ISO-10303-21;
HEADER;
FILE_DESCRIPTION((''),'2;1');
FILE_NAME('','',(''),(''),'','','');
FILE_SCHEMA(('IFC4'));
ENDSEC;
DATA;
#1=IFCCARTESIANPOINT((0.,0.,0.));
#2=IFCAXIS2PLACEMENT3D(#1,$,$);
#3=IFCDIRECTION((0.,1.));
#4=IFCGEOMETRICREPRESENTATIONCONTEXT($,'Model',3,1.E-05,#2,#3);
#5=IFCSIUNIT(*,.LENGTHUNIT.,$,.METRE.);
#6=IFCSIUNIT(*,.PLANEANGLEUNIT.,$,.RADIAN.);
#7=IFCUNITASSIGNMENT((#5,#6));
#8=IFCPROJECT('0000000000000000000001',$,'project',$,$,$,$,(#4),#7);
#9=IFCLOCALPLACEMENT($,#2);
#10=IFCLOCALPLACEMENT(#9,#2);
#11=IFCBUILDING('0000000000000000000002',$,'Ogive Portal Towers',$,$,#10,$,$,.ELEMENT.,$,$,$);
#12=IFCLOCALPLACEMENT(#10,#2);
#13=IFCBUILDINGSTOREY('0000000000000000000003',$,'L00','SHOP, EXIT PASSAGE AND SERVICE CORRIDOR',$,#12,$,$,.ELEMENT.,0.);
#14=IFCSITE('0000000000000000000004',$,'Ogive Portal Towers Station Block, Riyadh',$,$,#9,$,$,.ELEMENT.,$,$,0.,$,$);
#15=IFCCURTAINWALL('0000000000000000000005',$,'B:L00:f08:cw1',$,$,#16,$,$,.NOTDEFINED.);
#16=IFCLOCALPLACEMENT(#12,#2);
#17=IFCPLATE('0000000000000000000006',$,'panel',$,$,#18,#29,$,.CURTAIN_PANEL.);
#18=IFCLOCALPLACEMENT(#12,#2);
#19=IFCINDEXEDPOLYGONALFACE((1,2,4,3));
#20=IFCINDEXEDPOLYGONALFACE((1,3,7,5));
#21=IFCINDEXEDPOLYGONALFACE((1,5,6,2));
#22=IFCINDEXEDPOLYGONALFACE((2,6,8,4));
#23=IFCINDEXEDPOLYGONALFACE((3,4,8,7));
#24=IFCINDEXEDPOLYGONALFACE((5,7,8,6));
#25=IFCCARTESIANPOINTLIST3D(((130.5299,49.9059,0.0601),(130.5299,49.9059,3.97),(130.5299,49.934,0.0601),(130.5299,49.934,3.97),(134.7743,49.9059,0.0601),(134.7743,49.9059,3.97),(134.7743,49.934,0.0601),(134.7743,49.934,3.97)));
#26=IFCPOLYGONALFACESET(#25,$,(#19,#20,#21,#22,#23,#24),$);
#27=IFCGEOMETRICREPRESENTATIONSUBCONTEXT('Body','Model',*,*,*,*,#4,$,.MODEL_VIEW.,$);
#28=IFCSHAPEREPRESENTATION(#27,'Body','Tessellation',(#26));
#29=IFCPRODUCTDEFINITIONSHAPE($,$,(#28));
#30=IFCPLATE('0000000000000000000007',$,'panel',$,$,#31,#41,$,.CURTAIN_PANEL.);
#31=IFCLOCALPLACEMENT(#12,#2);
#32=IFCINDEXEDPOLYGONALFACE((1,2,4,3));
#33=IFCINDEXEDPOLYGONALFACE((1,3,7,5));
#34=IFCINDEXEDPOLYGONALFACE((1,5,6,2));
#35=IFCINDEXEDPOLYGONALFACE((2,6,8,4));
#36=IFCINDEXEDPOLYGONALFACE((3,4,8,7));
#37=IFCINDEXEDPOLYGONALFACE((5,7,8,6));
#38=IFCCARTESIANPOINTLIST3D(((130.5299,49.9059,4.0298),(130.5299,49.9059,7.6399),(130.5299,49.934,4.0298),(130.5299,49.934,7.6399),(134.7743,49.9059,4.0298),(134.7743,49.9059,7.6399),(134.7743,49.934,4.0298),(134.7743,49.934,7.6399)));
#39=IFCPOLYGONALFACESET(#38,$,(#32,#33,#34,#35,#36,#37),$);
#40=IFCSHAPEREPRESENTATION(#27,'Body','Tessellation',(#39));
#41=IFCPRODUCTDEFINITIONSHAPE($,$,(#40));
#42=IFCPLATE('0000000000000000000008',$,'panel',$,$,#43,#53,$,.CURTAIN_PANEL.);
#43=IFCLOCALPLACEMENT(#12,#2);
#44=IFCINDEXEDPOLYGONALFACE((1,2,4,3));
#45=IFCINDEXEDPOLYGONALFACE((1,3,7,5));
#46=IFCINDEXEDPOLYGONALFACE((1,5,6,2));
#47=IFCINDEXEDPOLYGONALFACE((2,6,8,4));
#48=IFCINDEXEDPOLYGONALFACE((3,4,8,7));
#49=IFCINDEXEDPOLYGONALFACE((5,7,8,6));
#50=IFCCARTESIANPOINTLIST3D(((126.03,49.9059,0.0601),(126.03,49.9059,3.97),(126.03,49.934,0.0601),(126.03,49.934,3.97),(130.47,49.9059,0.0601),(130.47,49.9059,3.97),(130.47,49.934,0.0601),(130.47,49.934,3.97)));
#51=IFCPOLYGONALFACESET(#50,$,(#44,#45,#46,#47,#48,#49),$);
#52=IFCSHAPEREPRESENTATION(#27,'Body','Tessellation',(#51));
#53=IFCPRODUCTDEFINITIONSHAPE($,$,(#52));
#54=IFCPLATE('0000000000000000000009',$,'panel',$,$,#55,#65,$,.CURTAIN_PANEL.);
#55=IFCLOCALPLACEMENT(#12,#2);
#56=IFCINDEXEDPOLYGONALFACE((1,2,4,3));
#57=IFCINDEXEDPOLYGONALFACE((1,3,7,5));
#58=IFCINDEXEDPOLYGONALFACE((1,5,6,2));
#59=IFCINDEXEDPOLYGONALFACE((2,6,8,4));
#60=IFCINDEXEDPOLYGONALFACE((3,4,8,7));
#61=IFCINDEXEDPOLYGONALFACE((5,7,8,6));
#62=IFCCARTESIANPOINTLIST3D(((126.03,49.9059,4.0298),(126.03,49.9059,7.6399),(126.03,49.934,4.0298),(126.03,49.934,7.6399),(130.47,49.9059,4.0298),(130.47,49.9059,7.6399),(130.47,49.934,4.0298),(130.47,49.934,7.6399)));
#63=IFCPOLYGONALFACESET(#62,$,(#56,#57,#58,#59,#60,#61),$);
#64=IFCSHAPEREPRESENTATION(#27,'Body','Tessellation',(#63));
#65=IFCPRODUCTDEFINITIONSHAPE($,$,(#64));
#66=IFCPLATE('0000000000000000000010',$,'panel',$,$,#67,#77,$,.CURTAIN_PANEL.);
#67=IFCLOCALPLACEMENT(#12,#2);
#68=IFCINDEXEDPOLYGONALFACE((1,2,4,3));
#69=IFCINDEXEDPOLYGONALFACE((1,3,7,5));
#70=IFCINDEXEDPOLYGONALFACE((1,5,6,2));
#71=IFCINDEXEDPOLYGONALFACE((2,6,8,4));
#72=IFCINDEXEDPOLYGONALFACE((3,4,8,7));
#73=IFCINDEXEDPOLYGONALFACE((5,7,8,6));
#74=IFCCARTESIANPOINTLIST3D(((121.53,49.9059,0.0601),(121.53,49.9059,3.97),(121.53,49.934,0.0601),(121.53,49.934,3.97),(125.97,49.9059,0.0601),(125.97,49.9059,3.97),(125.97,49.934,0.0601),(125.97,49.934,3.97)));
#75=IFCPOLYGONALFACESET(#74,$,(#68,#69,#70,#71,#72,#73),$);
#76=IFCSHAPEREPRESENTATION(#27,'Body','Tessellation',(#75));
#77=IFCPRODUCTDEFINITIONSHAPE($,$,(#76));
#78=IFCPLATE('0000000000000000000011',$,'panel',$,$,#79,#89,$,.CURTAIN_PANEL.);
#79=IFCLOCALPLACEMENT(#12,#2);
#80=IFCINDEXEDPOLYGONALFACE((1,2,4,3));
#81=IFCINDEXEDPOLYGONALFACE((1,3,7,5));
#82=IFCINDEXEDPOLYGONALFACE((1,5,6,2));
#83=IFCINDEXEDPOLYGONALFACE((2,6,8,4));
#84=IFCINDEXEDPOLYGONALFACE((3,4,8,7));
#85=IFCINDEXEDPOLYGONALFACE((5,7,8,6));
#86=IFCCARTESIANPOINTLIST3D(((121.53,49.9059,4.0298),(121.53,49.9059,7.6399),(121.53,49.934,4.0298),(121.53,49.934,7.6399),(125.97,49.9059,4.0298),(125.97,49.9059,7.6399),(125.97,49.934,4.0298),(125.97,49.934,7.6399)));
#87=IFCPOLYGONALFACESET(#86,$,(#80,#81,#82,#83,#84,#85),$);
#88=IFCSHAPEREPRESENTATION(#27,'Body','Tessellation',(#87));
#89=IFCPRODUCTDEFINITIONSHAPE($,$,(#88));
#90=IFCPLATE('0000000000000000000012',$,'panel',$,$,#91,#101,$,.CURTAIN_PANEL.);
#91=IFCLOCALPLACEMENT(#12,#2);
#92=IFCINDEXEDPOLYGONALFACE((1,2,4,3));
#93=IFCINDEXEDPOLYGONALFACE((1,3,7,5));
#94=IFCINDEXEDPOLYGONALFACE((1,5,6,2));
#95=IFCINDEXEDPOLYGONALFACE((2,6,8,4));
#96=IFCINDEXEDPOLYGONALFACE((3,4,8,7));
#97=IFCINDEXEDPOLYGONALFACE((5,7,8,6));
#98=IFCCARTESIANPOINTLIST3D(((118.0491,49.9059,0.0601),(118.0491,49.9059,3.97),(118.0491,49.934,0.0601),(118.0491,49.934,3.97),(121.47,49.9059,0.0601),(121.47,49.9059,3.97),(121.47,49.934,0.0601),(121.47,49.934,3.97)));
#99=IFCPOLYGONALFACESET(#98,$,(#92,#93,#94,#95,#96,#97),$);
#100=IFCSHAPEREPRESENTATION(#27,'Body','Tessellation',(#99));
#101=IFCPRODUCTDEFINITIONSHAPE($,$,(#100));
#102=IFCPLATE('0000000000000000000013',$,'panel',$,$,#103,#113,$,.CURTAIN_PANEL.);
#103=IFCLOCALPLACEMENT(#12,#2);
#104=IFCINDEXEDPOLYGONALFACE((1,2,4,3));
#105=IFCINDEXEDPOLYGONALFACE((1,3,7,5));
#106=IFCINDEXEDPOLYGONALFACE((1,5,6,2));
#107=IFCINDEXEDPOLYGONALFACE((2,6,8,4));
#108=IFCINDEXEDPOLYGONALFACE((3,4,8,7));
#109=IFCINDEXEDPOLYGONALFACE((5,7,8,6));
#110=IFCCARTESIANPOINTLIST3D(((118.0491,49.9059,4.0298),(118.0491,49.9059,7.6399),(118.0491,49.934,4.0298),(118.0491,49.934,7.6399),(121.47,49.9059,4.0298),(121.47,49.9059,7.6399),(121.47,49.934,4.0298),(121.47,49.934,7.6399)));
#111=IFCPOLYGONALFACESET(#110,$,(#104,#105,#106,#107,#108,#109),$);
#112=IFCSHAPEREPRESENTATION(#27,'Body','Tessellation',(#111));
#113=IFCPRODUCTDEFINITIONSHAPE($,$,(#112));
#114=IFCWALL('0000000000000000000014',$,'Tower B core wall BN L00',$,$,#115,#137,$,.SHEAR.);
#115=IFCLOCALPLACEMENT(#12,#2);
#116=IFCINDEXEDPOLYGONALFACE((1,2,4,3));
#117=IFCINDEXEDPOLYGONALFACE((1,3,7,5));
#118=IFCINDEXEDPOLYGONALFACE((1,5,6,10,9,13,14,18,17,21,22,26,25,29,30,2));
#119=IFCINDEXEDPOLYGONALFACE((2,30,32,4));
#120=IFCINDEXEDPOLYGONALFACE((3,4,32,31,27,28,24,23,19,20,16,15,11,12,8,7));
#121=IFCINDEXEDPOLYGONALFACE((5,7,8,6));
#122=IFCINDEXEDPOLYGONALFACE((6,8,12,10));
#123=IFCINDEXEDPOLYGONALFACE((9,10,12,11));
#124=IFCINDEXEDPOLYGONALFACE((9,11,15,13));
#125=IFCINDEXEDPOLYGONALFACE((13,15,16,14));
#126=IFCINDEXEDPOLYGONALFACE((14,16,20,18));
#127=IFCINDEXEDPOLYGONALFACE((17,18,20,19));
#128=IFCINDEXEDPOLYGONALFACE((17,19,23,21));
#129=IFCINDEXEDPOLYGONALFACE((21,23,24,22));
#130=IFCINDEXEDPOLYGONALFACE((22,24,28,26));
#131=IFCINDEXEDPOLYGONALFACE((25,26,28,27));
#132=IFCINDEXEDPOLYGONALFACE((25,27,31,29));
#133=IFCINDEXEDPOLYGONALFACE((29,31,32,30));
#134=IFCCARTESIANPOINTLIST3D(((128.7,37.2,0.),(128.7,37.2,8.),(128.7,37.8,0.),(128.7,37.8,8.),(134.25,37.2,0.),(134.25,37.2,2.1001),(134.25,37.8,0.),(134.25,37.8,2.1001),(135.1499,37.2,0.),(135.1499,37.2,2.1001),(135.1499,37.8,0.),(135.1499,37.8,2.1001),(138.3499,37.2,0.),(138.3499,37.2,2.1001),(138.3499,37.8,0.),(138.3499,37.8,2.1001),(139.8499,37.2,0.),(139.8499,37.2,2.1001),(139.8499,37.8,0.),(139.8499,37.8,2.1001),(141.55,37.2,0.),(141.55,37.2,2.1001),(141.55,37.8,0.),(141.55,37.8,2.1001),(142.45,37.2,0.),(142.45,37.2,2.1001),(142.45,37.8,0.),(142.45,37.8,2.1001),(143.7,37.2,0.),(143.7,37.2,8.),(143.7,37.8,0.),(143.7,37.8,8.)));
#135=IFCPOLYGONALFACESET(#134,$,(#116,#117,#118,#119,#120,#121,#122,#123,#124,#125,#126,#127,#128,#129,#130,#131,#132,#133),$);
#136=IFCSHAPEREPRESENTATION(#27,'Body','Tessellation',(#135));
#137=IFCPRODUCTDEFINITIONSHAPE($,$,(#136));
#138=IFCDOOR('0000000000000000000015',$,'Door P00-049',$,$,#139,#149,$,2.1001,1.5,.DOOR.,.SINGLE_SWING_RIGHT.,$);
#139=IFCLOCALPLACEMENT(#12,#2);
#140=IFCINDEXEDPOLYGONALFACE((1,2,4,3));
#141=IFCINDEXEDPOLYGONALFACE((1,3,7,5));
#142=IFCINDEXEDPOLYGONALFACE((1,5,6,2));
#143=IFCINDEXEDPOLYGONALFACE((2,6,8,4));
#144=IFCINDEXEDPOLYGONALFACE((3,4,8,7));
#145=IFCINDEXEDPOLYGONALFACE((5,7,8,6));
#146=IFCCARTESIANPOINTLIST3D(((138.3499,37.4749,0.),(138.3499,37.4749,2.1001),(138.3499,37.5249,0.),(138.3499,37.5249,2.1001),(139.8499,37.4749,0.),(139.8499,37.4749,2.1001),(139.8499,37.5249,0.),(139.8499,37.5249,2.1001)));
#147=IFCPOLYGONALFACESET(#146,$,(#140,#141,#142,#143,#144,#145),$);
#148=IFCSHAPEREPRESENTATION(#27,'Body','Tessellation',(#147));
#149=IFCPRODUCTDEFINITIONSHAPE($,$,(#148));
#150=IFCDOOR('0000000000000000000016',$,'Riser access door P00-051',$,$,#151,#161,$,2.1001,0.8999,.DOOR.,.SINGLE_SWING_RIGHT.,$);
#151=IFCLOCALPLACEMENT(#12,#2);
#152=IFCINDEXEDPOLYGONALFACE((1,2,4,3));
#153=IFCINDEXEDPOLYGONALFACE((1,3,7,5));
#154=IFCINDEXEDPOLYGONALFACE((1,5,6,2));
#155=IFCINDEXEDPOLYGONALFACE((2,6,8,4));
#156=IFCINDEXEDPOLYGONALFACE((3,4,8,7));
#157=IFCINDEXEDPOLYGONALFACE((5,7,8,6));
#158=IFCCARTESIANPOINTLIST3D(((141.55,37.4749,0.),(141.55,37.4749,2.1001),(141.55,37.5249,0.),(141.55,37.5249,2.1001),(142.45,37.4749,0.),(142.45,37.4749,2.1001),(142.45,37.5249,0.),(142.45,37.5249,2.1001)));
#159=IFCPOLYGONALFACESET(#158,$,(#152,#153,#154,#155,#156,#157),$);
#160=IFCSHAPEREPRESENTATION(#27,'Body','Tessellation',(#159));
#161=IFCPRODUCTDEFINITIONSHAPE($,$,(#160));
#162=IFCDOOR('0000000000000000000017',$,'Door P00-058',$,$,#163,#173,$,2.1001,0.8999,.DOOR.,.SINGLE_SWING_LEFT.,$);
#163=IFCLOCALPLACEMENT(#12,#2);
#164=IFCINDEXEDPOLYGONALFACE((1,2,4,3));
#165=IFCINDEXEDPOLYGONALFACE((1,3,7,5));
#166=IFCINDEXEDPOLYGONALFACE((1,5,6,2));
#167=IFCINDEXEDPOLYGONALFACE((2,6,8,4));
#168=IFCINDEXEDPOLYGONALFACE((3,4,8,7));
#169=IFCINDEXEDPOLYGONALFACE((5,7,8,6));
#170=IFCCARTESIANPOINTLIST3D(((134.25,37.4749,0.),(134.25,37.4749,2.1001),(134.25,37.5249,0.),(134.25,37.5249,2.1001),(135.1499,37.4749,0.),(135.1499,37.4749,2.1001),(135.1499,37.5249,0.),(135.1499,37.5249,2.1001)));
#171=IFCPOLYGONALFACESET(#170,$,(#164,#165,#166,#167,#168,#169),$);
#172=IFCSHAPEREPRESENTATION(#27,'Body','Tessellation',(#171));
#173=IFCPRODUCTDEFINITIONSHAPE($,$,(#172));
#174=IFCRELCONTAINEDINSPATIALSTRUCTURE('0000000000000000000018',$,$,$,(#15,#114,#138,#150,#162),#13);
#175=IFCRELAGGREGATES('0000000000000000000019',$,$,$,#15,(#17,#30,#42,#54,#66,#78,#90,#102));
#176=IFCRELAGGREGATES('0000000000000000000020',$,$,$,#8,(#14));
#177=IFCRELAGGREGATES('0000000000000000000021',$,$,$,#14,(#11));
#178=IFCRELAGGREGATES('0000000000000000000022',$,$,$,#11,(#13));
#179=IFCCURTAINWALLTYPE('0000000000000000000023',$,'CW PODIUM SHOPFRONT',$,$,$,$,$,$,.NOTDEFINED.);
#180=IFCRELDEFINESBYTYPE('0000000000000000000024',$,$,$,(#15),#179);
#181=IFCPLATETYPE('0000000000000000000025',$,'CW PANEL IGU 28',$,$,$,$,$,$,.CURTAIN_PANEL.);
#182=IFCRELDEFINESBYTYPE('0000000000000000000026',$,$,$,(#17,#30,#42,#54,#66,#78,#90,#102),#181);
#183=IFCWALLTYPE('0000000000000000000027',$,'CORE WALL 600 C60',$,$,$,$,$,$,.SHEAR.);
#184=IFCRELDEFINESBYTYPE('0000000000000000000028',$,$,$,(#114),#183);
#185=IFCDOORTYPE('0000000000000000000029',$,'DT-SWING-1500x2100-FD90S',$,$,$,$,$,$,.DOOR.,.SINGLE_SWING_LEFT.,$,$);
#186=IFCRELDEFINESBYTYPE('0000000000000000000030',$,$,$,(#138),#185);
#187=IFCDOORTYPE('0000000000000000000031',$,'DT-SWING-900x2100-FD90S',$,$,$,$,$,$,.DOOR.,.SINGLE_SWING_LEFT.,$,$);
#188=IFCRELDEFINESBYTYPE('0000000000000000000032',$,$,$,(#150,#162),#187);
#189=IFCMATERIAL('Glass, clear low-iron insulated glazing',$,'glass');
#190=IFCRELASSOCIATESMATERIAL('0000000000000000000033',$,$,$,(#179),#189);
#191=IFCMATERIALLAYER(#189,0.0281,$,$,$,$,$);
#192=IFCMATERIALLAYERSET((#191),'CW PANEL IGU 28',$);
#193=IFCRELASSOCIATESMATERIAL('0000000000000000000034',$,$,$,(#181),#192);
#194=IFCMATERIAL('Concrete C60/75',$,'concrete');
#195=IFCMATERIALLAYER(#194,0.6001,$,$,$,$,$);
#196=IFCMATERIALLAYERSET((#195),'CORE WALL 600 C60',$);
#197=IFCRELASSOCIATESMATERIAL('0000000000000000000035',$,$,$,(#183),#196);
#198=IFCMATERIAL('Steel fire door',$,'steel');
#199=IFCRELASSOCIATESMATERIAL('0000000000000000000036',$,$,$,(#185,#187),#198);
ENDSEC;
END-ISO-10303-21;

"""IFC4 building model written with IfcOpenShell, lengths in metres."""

from ifc_helpers import new_model, si_unit, direction, frame, frame_2d, origin, origin_2d, place, context, subcontext, project, spatial, rectangle, extrude, material, layer, layer_set, type_object, element, fill, aggregate, save


model = new_model("IFC4")

# Units and contexts
model_context = context("Model", 3, precision=1e-05, world=origin(), true_north=direction((0.0, 1.0)))
body_context = subcontext(model_context, "Body", "Model", "MODEL_VIEW")
ifc_project = project(units=[si_unit("LENGTHUNIT", "METRE"), si_unit("PLANEANGLEUNIT", "RADIAN")], contexts=[model_context])

# Site, building, storey
site_placement = place(None, origin())
site = spatial("IfcSite", under=ifc_project, at=site_placement, Name="Ogive Portal Towers Station Block, Riyadh", CompositionType="ELEMENT", RefElevation=0.0)
building_placement = place(site_placement, origin())
building = spatial("IfcBuilding", under=site, at=building_placement, Name="Ogive Portal Towers", CompositionType="ELEMENT")
storey_placement = place(building_placement, origin())
storey = spatial("IfcBuildingStorey", under=building, at=storey_placement, Name="L00", Description="SHOP, EXIT PASSAGE AND SERVICE CORRIDOR", CompositionType="ELEMENT", Elevation=0.0)

# Curtain wall
ifc_material_1 = material(Name="Glass, clear low-iron insulated glazing", Category="glass")
curtain_wall_type = type_object("IfcCurtainWallType", Name="CW PODIUM SHOPFRONT", PredefinedType="NOTDEFINED", material=ifc_material_1)
curtain_wall_1_placement = place(storey_placement, origin())
curtain_wall_1 = element("IfcCurtainWall", 1, at=curtain_wall_1_placement, inside=storey, type_object=curtain_wall_type, Name="B:L00:f08:cw1", PredefinedType="NOTDEFINED")

# Plates
ifc_layer_1 = layer(ifc_material_1, 0.0281)
ifc_layer_set_1 = layer_set([ifc_layer_1], Name="CW PANEL IGU 28")
plate_type = type_object("IfcPlateType", Name="CW PANEL IGU 28", PredefinedType="CURTAIN_PANEL", material=ifc_layer_set_1)
plate_1_placement = place(storey_placement, frame((132.6521, 49.9199, 0.0601), z_axis=(0.0, 0.0, 1.0), x_axis=(-1.0, 0.0, 0.0)))
plate_1 = element("IfcPlate", 2, at=plate_1_placement, type_object=plate_type, Name="panel", PredefinedType="CURTAIN_PANEL", context=body_context, shape_type="SweptSolid", body=[
    extrude(rectangle(XDim=4.2444, YDim=0.0281, at=origin_2d()), origin(), (0.0, 0.0, 1.0), 3.9099),
])
plate_2_placement = place(storey_placement, frame((132.6521, 49.9199, 4.0298), z_axis=(0.0, 0.0, 1.0), x_axis=(-1.0, 0.0, 0.0)))
plate_2 = element("IfcPlate", 3, at=plate_2_placement, type_object=plate_type, Name="panel", PredefinedType="CURTAIN_PANEL", context=body_context, shape_type="SweptSolid", body=[
    extrude(rectangle(XDim=4.2444, YDim=0.0281, at=origin_2d()), origin(), (0.0, 0.0, 1.0), 3.6101),
])
plate_3_placement = place(storey_placement, frame((128.25, 49.9199, 0.0601), z_axis=(0.0, 0.0, 1.0), x_axis=(-1.0, 0.0, 0.0)))
plate_3 = element("IfcPlate", 4, at=plate_3_placement, type_object=plate_type, Name="panel", PredefinedType="CURTAIN_PANEL", context=body_context, shape_type="SweptSolid", body=[
    extrude(rectangle(XDim=4.4399, YDim=0.0281, at=origin_2d()), origin(), (0.0, 0.0, 1.0), 3.9099),
])
plate_4_placement = place(storey_placement, frame((128.25, 49.9199, 4.0298), z_axis=(0.0, 0.0, 1.0), x_axis=(-1.0, 0.0, 0.0)))
plate_4 = element("IfcPlate", 5, at=plate_4_placement, type_object=plate_type, Name="panel", PredefinedType="CURTAIN_PANEL", context=body_context, shape_type="SweptSolid", body=[
    extrude(rectangle(XDim=4.4399, YDim=0.0281, at=origin_2d()), origin(), (0.0, 0.0, 1.0), 3.6101),
])
plate_5_placement = place(storey_placement, frame((123.75, 49.9199, 0.0601), z_axis=(0.0, 0.0, 1.0), x_axis=(-1.0, 0.0, 0.0)))
plate_5 = element("IfcPlate", 6, at=plate_5_placement, type_object=plate_type, Name="panel", PredefinedType="CURTAIN_PANEL", context=body_context, shape_type="SweptSolid", body=[
    extrude(rectangle(XDim=4.4399, YDim=0.0281, at=origin_2d()), origin(), (0.0, 0.0, 1.0), 3.9099),
])
plate_6_placement = place(storey_placement, frame((123.75, 49.9199, 4.0298), z_axis=(0.0, 0.0, 1.0), x_axis=(-1.0, 0.0, 0.0)))
plate_6 = element("IfcPlate", 7, at=plate_6_placement, type_object=plate_type, Name="panel", PredefinedType="CURTAIN_PANEL", context=body_context, shape_type="SweptSolid", body=[
    extrude(rectangle(XDim=4.4399, YDim=0.0281, at=origin_2d()), origin(), (0.0, 0.0, 1.0), 3.6101),
])
plate_7_placement = place(storey_placement, frame((119.7595, 49.9199, 0.0601), z_axis=(0.0, 0.0, 1.0), x_axis=(-1.0, 0.0, 0.0)))
plate_7 = element("IfcPlate", 8, at=plate_7_placement, type_object=plate_type, Name="panel", PredefinedType="CURTAIN_PANEL", context=body_context, shape_type="SweptSolid", body=[
    extrude(rectangle(XDim=3.4209, YDim=0.0281, at=origin_2d()), origin(), (0.0, 0.0, 1.0), 3.9099),
])
plate_8_placement = place(storey_placement, frame((119.7595, 49.9199, 4.0298), z_axis=(0.0, 0.0, 1.0), x_axis=(-1.0, 0.0, 0.0)))
plate_8 = element("IfcPlate", 9, at=plate_8_placement, type_object=plate_type, Name="panel", PredefinedType="CURTAIN_PANEL", context=body_context, shape_type="SweptSolid", body=[
    extrude(rectangle(XDim=3.4209, YDim=0.0281, at=origin_2d()), origin(), (0.0, 0.0, 1.0), 3.6101),
])
aggregate(curtain_wall_1, [plate_1, plate_2, plate_3, plate_4, plate_5, plate_6, plate_7, plate_8])

# Wall, openings, doors
ifc_material_2 = material(Name="Concrete C60/75", Category="concrete")
ifc_layer_2 = layer(ifc_material_2, 0.6001)
ifc_layer_set_2 = layer_set([ifc_layer_2], Name="CORE WALL 600 C60")
wall_type_1 = type_object("IfcWallType", Name="CORE WALL 600 C60", PredefinedType="SHEAR", material=ifc_layer_set_2)
wall_1_placement = place(storey_placement, frame((128.7, 37.5, 0.0), z_axis=(0.0, 0.0, 1.0), x_axis=(1.0, 0.0, 0.0)))
wall_1 = element("IfcWall", 10, at=wall_1_placement, inside=storey, type_object=wall_type_1, Name="Tower B core wall BN L00", PredefinedType="SHEAR", context=body_context, shape_type="SweptSolid", body=[
    extrude(rectangle(XDim=15.0, YDim=0.6001, at=frame_2d((7.5, 0.0))), origin(), (0.0, 0.0, 1.0), 8.0),
])
opening_1_placement = place(wall_1_placement, frame((9.6499, 0.0, 0.0)))
opening_1 = element("IfcOpeningElement", 11, at=opening_1_placement, cuts=wall_1, PredefinedType="OPENING", context=body_context, shape_type="SweptSolid", body=[
    extrude(rectangle(XDim=1.5, YDim=2.1001, at=frame_2d((0.75, 1.05))), frame((0.0, 0.3101, 0.0), z_axis=(0.0, -1.0, 0.0), x_axis=(1.0, 0.0, 0.0)), (0.0, 0.0, 1.0), 0.6201),
])
opening_2_placement = place(wall_1_placement, frame((12.8501, 0.0, 0.0)))
opening_2 = element("IfcOpeningElement", 12, at=opening_2_placement, cuts=wall_1, PredefinedType="OPENING", context=body_context, shape_type="SweptSolid", body=[
    extrude(rectangle(XDim=0.8999, YDim=2.1001, at=frame_2d((0.45, 1.05))), frame((0.0, 0.3101, 0.0), z_axis=(0.0, -1.0, 0.0), x_axis=(1.0, 0.0, 0.0)), (0.0, 0.0, 1.0), 0.6201),
])
opening_3_placement = place(wall_1_placement, frame((5.55, 0.0, 0.0)))
opening_3 = element("IfcOpeningElement", 13, at=opening_3_placement, cuts=wall_1, PredefinedType="OPENING", context=body_context, shape_type="SweptSolid", body=[
    extrude(rectangle(XDim=0.8999, YDim=2.1001, at=frame_2d((0.45, 1.05))), frame((0.0, 0.3101, 0.0), z_axis=(0.0, -1.0, 0.0), x_axis=(1.0, 0.0, 0.0)), (0.0, 0.0, 1.0), 0.6201),
])
ifc_material_3 = material(Name="Steel fire door", Category="steel")
door_type_1 = type_object("IfcDoorType", Name="DT-SWING-1500x2100-FD90S", OperationType="SINGLE_SWING_LEFT", PredefinedType="DOOR", material=ifc_material_3)
door_1_placement = place(opening_1_placement, origin())
door_1 = element("IfcDoor", 14, at=door_1_placement, inside=storey, type_object=door_type_1, Name="Door P00-049", OperationType="SINGLE_SWING_RIGHT", OverallHeight=2.1001, OverallWidth=1.5, PredefinedType="DOOR", context=body_context, shape_type="SweptSolid", body=[
    extrude(rectangle(XDim=1.5, YDim=2.1001, at=frame_2d((0.75, 1.05))), frame((0.0, 0.0249, 0.0), z_axis=(0.0, -1.0, 0.0), x_axis=(1.0, 0.0, 0.0)), (0.0, 0.0, 1.0), 0.05),
])
fill(opening_1, door_1)
door_type_2 = type_object("IfcDoorType", Name="DT-SWING-900x2100-FD90S", OperationType="SINGLE_SWING_LEFT", PredefinedType="DOOR", material=ifc_material_3)
door_2_placement = place(opening_2_placement, origin())
door_2 = element("IfcDoor", 15, at=door_2_placement, inside=storey, type_object=door_type_2, Name="Riser access door P00-051", OperationType="SINGLE_SWING_RIGHT", OverallHeight=2.1001, OverallWidth=0.8999, PredefinedType="DOOR", context=body_context, shape_type="SweptSolid", body=[
    extrude(rectangle(XDim=0.8999, YDim=2.1001, at=frame_2d((0.45, 1.05))), frame((0.0, 0.0249, 0.0), z_axis=(0.0, -1.0, 0.0), x_axis=(1.0, 0.0, 0.0)), (0.0, 0.0, 1.0), 0.05),
])
fill(opening_2, door_2)
door_3_placement = place(opening_3_placement, origin())
door_3 = element("IfcDoor", 16, at=door_3_placement, inside=storey, type_object=door_type_2, Name="Door P00-058", OperationType="SINGLE_SWING_LEFT", OverallHeight=2.1001, OverallWidth=0.8999, PredefinedType="DOOR", context=body_context, shape_type="SweptSolid", body=[
    extrude(rectangle(XDim=0.8999, YDim=2.1001, at=frame_2d((0.45, 1.05))), frame((0.0, 0.0249, 0.0), z_axis=(0.0, -1.0, 0.0), x_axis=(1.0, 0.0, 0.0)), (0.0, 0.0, 1.0), 0.05),
])
fill(opening_3, door_3)

save(model, "model.ifc")
